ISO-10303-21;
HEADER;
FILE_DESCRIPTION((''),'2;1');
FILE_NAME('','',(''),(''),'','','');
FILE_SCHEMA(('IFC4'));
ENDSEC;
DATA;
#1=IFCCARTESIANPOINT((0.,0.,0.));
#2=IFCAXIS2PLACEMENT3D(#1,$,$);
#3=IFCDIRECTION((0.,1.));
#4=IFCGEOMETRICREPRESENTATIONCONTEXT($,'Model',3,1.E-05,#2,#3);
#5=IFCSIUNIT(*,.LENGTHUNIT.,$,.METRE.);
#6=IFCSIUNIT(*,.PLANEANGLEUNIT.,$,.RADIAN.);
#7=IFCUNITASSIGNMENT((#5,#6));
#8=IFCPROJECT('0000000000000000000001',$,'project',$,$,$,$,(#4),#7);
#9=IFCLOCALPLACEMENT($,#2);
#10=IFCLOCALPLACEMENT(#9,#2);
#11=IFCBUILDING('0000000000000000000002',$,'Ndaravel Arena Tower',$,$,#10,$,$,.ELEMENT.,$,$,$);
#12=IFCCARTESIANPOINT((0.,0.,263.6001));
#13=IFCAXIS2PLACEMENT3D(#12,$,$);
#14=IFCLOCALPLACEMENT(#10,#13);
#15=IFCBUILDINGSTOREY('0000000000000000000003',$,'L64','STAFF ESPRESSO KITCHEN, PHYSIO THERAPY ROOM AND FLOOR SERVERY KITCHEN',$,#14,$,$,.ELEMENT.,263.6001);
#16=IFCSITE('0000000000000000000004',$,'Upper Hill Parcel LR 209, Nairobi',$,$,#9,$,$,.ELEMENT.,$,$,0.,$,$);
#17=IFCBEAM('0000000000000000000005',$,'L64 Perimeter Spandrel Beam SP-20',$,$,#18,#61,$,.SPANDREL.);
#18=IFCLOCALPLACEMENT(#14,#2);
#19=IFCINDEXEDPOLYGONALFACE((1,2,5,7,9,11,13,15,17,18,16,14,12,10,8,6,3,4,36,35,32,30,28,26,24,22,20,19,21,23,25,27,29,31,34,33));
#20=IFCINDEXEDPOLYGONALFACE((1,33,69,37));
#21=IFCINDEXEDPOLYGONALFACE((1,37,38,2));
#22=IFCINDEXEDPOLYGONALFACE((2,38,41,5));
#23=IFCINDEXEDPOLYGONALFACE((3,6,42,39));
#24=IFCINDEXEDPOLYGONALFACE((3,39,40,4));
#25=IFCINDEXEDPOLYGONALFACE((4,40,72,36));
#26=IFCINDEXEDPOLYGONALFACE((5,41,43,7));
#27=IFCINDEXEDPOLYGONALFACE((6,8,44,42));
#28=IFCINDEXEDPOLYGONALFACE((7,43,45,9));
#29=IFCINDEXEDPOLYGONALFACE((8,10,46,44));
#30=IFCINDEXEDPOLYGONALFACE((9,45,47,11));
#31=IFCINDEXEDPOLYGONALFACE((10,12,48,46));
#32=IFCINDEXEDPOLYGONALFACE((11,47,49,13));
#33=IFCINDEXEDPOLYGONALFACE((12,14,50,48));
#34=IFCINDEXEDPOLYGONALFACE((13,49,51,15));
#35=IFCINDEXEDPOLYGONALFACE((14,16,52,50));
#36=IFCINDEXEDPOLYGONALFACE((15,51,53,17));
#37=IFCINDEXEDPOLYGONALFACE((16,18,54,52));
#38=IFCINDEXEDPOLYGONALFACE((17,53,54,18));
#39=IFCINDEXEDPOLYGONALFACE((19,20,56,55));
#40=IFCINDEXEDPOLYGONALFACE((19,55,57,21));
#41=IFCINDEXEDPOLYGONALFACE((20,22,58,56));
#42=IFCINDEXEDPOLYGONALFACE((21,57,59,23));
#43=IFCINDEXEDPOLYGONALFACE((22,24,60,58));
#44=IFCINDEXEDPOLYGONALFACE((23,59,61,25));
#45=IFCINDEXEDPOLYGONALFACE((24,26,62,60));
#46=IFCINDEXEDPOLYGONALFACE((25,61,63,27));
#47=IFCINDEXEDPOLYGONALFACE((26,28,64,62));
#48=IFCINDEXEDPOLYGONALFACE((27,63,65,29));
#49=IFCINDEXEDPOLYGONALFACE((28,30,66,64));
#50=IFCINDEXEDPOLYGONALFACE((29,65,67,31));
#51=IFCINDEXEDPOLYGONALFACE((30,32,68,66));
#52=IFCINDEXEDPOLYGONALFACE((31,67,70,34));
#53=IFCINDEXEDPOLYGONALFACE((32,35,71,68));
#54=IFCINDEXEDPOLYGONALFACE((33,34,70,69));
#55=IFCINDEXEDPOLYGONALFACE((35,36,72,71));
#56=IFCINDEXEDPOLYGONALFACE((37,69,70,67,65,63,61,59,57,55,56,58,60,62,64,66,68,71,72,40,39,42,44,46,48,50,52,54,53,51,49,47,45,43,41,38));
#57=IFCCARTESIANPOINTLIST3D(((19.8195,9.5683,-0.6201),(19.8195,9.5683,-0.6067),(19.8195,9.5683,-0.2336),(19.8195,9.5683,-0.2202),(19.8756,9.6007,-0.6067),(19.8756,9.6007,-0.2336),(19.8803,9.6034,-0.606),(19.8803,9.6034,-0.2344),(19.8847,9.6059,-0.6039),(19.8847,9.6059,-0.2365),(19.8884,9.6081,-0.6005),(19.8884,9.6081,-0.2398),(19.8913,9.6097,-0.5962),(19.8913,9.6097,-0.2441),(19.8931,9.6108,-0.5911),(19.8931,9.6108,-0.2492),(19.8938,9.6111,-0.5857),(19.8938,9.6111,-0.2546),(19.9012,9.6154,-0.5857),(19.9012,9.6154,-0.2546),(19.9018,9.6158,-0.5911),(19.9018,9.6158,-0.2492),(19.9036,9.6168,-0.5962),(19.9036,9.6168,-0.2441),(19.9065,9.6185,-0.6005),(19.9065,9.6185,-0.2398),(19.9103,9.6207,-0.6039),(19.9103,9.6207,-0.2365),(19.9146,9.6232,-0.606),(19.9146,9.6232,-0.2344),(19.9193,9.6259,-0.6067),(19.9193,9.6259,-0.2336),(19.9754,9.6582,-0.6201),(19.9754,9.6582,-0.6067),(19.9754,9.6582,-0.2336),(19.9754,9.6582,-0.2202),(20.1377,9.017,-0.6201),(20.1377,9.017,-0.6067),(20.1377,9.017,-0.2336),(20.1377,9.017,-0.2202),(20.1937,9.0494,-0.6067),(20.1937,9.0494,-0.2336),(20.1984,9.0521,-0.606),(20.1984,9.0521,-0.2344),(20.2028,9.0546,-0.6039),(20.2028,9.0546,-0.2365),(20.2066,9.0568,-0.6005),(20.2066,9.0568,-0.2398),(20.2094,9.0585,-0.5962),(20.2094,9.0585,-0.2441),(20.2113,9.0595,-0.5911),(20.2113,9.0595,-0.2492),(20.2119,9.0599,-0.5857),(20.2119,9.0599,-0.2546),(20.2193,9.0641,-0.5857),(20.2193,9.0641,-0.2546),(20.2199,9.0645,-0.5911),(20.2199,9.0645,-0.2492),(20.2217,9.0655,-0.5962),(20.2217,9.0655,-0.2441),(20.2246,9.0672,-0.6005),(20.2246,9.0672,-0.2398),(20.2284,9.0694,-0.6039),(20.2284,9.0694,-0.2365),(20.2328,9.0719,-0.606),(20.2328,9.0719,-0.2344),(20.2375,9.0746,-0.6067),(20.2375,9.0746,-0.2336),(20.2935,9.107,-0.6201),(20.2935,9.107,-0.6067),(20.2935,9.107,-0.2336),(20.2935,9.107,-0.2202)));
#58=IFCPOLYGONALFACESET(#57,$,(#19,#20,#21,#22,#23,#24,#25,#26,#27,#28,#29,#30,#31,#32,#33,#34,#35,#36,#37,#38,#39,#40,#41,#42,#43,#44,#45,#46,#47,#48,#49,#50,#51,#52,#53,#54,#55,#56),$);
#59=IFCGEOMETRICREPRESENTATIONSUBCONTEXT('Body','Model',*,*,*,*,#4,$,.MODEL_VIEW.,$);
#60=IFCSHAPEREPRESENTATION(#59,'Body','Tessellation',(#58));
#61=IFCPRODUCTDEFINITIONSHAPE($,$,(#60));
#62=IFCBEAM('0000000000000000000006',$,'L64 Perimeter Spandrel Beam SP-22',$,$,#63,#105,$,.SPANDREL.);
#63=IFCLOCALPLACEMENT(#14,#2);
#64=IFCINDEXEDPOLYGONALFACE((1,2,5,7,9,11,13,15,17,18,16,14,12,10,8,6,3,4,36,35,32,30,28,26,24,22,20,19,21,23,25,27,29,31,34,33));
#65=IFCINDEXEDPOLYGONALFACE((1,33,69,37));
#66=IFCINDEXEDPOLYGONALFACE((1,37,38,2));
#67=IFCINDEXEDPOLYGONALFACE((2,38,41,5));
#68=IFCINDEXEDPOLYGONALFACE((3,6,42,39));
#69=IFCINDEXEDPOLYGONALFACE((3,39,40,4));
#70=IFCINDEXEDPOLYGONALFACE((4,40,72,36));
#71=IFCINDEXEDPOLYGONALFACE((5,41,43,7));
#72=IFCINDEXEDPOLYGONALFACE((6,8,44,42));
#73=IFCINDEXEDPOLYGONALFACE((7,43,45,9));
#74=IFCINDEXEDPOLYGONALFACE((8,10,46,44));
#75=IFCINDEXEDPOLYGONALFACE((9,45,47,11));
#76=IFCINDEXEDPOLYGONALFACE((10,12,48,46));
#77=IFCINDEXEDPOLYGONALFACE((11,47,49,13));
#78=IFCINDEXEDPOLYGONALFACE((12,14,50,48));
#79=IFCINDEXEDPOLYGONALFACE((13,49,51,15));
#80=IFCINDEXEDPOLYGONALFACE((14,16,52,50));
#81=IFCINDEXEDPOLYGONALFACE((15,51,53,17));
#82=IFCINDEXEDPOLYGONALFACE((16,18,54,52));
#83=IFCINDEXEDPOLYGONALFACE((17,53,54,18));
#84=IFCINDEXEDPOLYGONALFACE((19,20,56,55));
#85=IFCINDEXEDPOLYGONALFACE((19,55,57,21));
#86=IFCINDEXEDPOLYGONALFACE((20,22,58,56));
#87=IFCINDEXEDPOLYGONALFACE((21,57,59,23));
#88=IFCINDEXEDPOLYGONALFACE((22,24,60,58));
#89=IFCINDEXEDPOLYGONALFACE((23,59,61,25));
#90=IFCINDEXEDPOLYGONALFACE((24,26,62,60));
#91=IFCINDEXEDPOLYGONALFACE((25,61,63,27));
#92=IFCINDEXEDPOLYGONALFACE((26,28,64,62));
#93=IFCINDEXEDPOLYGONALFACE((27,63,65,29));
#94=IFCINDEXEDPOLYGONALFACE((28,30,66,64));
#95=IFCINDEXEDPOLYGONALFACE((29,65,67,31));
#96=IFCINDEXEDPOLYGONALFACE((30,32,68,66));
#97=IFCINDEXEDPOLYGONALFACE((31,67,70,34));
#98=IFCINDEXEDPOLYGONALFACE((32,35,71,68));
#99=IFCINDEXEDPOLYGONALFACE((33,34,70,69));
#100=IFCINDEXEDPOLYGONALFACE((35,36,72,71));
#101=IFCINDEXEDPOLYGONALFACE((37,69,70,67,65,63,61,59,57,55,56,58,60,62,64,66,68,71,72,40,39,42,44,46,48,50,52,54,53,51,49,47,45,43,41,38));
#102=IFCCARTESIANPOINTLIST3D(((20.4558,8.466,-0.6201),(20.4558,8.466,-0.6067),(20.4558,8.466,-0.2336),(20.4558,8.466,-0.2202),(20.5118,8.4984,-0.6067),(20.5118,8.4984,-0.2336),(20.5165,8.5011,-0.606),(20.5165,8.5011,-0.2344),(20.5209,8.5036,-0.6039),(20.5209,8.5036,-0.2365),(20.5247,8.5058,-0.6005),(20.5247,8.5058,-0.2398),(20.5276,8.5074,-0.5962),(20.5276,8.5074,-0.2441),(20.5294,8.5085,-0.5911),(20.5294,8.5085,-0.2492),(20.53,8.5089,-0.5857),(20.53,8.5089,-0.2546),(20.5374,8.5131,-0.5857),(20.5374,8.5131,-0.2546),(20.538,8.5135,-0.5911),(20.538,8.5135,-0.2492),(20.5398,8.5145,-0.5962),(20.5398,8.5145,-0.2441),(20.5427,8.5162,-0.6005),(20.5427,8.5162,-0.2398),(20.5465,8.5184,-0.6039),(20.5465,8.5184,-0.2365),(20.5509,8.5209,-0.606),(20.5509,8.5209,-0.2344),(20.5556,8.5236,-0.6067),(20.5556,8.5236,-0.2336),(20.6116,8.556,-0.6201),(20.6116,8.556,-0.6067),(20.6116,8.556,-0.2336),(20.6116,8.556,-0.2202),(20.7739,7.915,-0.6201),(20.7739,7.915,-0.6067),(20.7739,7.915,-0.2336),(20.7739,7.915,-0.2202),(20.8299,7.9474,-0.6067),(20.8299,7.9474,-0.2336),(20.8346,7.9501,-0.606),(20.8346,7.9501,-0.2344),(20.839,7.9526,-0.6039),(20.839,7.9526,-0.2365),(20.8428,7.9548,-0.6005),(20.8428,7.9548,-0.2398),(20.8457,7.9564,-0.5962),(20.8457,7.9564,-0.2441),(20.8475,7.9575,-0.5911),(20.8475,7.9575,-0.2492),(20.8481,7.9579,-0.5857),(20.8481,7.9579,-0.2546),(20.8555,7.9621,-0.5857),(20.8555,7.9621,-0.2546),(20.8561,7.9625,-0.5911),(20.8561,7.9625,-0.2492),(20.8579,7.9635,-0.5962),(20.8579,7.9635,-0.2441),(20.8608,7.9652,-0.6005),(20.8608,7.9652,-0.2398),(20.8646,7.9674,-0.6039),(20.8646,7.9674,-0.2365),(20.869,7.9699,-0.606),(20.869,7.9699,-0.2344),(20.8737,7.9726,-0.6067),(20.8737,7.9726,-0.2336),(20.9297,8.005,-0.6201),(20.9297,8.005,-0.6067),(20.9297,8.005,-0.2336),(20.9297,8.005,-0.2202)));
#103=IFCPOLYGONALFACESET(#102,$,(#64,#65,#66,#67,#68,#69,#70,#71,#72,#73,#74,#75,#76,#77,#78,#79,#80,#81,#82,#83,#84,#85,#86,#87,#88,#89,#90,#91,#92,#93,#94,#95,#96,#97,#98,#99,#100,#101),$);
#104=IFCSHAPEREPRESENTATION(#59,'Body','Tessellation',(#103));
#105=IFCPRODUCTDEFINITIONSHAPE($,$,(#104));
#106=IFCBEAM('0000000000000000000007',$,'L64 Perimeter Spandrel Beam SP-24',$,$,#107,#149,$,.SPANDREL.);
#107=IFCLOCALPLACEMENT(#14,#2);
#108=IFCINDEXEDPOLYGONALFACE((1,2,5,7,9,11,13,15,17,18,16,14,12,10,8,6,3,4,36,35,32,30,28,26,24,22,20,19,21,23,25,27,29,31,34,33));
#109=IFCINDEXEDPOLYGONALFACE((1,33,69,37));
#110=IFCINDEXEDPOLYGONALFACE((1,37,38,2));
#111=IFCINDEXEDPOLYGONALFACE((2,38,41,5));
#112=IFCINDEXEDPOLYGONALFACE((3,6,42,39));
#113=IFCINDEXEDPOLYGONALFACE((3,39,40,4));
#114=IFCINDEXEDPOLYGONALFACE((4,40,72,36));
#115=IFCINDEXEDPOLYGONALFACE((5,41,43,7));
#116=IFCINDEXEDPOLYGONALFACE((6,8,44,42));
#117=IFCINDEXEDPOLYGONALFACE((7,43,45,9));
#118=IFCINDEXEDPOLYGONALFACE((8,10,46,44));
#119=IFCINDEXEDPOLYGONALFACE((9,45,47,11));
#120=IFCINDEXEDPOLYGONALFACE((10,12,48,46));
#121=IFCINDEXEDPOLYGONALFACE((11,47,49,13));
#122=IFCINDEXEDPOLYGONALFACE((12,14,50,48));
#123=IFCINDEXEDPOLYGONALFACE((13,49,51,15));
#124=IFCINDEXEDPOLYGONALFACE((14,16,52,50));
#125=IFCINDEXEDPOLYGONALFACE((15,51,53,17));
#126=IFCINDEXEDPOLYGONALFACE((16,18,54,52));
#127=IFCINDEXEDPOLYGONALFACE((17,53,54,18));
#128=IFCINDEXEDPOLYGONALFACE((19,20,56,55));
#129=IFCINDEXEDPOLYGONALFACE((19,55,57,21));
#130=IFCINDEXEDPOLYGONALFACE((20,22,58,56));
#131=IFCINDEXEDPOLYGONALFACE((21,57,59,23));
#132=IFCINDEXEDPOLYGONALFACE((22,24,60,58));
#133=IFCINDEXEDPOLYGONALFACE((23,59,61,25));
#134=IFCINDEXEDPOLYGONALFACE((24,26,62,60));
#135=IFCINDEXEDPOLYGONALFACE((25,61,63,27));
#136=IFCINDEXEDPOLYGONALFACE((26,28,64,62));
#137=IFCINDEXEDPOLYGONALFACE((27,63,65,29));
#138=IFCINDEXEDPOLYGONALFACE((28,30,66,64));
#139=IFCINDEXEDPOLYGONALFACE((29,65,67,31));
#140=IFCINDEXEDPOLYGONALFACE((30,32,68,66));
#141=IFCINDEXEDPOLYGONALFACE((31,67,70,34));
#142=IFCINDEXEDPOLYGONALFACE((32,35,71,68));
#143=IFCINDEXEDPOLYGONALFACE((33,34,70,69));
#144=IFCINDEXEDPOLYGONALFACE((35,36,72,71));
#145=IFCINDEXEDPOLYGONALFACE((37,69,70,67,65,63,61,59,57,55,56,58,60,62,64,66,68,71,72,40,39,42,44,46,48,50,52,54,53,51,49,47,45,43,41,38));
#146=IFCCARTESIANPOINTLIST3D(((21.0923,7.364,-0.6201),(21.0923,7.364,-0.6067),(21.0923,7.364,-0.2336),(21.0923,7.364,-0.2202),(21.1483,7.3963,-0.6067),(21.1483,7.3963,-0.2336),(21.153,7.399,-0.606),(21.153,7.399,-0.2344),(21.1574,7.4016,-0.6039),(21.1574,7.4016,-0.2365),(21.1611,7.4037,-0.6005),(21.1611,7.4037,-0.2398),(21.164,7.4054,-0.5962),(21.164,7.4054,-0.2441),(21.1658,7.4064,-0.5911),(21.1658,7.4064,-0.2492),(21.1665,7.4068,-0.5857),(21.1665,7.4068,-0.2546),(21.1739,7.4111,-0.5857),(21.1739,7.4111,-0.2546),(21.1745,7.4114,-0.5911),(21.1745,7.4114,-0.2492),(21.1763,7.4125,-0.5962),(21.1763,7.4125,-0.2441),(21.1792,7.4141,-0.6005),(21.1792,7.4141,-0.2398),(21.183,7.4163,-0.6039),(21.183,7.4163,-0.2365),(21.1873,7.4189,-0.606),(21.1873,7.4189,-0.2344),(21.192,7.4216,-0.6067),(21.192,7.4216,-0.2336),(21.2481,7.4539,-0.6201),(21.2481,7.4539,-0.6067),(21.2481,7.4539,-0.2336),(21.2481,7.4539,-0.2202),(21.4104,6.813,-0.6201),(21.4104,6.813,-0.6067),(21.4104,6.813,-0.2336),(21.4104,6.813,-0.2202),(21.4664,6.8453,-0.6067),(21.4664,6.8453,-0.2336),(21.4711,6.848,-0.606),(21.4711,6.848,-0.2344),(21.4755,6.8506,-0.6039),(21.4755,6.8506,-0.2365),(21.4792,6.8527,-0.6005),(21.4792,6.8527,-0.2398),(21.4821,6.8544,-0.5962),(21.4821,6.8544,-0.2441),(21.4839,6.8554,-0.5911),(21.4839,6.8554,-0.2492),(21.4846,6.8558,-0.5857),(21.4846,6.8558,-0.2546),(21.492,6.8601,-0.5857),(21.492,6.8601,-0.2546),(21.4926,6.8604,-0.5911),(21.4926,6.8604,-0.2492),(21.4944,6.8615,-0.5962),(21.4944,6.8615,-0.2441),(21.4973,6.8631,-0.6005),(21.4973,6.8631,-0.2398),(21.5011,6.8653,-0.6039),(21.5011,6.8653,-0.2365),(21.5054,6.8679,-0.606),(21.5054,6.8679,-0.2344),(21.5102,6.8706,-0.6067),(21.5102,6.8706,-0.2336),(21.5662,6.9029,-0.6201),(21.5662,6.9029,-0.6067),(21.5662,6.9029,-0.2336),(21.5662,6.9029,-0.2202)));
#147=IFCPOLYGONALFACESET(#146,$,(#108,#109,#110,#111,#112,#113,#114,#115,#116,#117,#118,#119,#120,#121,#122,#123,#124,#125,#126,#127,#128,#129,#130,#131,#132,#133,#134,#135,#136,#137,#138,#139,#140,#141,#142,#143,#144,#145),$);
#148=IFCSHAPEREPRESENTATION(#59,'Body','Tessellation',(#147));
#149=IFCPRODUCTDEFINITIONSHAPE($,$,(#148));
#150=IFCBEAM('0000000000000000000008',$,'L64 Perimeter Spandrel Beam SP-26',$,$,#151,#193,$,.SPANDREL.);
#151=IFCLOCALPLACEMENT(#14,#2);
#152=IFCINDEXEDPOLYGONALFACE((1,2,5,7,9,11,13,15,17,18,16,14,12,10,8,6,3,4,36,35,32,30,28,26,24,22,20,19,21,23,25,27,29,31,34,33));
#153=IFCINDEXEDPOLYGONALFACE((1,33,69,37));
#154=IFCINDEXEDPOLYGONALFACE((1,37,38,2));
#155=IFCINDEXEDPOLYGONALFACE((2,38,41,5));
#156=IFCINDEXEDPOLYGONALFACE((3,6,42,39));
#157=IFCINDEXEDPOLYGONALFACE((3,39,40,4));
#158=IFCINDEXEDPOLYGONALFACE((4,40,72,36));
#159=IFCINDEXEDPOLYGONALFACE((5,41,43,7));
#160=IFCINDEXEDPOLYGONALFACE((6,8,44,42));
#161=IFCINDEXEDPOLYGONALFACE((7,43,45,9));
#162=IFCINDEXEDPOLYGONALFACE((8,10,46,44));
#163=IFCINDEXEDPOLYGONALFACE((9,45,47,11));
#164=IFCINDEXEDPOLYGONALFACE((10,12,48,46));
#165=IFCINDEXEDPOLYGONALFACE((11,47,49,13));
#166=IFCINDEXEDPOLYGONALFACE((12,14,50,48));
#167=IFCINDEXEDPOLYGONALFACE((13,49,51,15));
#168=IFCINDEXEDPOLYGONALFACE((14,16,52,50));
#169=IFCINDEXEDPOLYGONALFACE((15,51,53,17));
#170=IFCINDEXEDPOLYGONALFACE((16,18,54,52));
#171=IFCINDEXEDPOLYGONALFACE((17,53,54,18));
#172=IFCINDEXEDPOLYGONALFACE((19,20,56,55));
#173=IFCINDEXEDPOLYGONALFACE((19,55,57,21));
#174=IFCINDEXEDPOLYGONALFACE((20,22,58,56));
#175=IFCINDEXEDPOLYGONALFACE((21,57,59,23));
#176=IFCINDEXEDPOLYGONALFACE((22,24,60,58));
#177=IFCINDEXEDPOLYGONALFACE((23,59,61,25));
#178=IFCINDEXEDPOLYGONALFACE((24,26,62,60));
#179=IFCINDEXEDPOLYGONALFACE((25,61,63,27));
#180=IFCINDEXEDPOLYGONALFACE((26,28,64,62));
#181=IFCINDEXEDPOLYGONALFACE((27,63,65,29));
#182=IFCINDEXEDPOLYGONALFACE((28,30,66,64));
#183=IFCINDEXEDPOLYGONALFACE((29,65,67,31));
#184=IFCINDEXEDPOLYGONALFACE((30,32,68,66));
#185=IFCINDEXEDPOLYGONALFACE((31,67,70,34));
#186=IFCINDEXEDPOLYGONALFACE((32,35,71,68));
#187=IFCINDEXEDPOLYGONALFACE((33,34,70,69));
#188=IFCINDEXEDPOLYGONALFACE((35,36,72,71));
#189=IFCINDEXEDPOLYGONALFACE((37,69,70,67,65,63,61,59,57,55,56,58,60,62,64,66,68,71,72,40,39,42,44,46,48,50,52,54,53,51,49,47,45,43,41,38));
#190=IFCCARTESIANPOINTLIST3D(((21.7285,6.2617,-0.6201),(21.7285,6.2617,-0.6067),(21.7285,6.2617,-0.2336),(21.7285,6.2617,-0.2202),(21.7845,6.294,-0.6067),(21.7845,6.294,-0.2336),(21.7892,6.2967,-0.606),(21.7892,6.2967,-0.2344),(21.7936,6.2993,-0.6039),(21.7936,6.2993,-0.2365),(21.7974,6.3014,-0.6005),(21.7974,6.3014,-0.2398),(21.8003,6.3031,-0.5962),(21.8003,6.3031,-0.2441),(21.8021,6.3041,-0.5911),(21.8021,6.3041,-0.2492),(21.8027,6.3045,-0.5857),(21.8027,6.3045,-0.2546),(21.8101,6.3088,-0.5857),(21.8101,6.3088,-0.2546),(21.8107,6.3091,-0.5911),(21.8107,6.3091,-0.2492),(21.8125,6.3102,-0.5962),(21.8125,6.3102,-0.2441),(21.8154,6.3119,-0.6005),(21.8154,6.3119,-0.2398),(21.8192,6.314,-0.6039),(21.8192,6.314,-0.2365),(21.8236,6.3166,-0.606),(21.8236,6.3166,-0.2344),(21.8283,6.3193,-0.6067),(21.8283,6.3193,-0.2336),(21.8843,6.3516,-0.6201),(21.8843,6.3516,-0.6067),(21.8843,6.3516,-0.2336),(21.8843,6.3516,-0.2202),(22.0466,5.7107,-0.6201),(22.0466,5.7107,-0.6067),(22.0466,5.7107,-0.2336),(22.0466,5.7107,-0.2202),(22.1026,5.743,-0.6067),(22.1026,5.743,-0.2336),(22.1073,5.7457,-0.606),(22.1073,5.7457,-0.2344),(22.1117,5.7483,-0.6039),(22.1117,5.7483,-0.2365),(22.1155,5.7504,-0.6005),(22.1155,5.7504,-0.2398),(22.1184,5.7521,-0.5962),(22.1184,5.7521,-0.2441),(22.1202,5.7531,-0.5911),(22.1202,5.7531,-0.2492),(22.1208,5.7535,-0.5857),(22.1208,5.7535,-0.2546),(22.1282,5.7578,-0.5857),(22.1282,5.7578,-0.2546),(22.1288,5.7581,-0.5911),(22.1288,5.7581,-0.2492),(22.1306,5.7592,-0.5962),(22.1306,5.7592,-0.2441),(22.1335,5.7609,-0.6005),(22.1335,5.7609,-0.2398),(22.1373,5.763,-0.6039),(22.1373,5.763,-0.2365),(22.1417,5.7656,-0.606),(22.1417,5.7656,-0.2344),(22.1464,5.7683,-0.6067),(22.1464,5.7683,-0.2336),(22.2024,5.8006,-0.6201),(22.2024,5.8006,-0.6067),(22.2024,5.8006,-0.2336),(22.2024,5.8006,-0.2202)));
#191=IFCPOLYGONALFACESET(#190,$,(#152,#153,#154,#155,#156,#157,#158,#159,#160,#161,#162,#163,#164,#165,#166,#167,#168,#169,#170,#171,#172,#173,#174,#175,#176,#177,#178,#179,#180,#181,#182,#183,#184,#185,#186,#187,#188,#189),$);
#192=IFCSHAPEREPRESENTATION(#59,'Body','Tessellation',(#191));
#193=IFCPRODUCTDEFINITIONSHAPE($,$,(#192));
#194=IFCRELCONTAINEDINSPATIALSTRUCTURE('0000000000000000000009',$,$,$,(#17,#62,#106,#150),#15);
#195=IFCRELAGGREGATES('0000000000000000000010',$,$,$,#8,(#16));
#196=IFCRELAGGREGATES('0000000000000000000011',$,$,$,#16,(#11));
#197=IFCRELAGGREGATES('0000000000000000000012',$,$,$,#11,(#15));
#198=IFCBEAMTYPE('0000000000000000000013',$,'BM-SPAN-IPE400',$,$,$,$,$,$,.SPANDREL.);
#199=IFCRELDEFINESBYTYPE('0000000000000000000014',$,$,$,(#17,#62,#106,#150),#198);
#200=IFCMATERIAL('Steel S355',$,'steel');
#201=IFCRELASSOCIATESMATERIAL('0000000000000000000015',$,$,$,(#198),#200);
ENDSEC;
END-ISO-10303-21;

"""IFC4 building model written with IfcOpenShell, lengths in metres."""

from ifc_helpers import new_model, si_unit, direction, frame, origin, origin_2d, place, context, subcontext, project, spatial, i_section, extrude, material, material_profile, profile_set, type_object, element, save


model = new_model("IFC4")

# Units and contexts
model_context = context("Model", 3, precision=1e-05, world=origin(), true_north=direction((0.0, 1.0)))
body_context = subcontext(model_context, "Body", "Model", "MODEL_VIEW")
ifc_project = project(units=[si_unit("LENGTHUNIT", "METRE"), si_unit("PLANEANGLEUNIT", "RADIAN")], contexts=[model_context])

# Site, building, storey
site_placement = place(None, origin())
site = spatial("IfcSite", under=ifc_project, at=site_placement, Name="Upper Hill Parcel LR 209, Nairobi", CompositionType="ELEMENT", RefElevation=0.0)
building_placement = place(site_placement, origin())
building = spatial("IfcBuilding", under=site, at=building_placement, Name="Ndaravel Arena Tower", CompositionType="ELEMENT")
storey_placement = place(building_placement, frame((0.0, 0.0, 263.6001)))
storey = spatial("IfcBuildingStorey", under=building, at=storey_placement, Name="L64", Description="STAFF ESPRESSO KITCHEN, PHYSIO THERAPY ROOM AND FLOOR SERVERY KITCHEN", CompositionType="ELEMENT", Elevation=263.6001)

# Beams
ifc_material_1 = material(Name="Steel S355", Category="steel")
ifc_material_profile_1 = material_profile(ifc_material_1, i_section(OverallWidth=0.1799, OverallDepth=0.3999, WebThickness=0.0085, FlangeThickness=0.0134, FilletRadius=0.021, at=origin_2d()), Name="IPE 400")
ifc_profile_set_1 = profile_set([ifc_material_profile_1], Name="Steel S355")
beam_type = type_object("IfcBeamType", Name="BM-SPAN-IPE400", PredefinedType="SPANDREL", material=ifc_profile_set_1)
beam_1_placement = place(storey_placement, frame((19.8975, 9.6133, -0.4202), z_axis=(0.499811, -0.866134, 0.0), x_axis=(0.866134, 0.499811, 0.0)))
element("IfcBeam", 1, at=beam_1_placement, inside=storey, type_object=beam_type, Name="L64 Perimeter Spandrel Beam SP-20", PredefinedType="SPANDREL", context=body_context, shape_type="SweptSolid", body=[
    extrude(i_section(OverallWidth=0.1799, OverallDepth=0.3999, WebThickness=0.0085, FlangeThickness=0.0134, FilletRadius=0.021, at=origin_2d()), origin(), (0.0, 0.0, 1.0), 0.6365),
])
for number, where, z_axis, x_axis, name in (
    (2, (20.5337, 8.511, -0.4202), (0.499977, -0.866039, 0.0), (0.866039, 0.499977, 0.0), "L64 Perimeter Spandrel Beam SP-22"),
    (3, (21.1702, 7.4089, -0.4202), (0.499977, -0.866039, 0.0), (0.866039, 0.499977, 0.0), "L64 Perimeter Spandrel Beam SP-24"),
    (4, (21.8064, 6.3066, -0.4202), (0.499977, -0.866039, 0.0), (0.866039, 0.499977, 0.0), "L64 Perimeter Spandrel Beam SP-26"),
):
    element("IfcBeam", number, at=place(storey_placement, frame(where, z_axis=z_axis, x_axis=x_axis)), inside=storey, type_object=beam_type, Name=name, PredefinedType="SPANDREL", context=body_context, shape_type="SweptSolid", body=[
        extrude(i_section(OverallWidth=0.1799, OverallDepth=0.3999, WebThickness=0.0085, FlangeThickness=0.0134, FilletRadius=0.021, at=origin_2d()), origin(), (0.0, 0.0, 1.0), 0.6362),
    ])

save(model, "model.ifc")
